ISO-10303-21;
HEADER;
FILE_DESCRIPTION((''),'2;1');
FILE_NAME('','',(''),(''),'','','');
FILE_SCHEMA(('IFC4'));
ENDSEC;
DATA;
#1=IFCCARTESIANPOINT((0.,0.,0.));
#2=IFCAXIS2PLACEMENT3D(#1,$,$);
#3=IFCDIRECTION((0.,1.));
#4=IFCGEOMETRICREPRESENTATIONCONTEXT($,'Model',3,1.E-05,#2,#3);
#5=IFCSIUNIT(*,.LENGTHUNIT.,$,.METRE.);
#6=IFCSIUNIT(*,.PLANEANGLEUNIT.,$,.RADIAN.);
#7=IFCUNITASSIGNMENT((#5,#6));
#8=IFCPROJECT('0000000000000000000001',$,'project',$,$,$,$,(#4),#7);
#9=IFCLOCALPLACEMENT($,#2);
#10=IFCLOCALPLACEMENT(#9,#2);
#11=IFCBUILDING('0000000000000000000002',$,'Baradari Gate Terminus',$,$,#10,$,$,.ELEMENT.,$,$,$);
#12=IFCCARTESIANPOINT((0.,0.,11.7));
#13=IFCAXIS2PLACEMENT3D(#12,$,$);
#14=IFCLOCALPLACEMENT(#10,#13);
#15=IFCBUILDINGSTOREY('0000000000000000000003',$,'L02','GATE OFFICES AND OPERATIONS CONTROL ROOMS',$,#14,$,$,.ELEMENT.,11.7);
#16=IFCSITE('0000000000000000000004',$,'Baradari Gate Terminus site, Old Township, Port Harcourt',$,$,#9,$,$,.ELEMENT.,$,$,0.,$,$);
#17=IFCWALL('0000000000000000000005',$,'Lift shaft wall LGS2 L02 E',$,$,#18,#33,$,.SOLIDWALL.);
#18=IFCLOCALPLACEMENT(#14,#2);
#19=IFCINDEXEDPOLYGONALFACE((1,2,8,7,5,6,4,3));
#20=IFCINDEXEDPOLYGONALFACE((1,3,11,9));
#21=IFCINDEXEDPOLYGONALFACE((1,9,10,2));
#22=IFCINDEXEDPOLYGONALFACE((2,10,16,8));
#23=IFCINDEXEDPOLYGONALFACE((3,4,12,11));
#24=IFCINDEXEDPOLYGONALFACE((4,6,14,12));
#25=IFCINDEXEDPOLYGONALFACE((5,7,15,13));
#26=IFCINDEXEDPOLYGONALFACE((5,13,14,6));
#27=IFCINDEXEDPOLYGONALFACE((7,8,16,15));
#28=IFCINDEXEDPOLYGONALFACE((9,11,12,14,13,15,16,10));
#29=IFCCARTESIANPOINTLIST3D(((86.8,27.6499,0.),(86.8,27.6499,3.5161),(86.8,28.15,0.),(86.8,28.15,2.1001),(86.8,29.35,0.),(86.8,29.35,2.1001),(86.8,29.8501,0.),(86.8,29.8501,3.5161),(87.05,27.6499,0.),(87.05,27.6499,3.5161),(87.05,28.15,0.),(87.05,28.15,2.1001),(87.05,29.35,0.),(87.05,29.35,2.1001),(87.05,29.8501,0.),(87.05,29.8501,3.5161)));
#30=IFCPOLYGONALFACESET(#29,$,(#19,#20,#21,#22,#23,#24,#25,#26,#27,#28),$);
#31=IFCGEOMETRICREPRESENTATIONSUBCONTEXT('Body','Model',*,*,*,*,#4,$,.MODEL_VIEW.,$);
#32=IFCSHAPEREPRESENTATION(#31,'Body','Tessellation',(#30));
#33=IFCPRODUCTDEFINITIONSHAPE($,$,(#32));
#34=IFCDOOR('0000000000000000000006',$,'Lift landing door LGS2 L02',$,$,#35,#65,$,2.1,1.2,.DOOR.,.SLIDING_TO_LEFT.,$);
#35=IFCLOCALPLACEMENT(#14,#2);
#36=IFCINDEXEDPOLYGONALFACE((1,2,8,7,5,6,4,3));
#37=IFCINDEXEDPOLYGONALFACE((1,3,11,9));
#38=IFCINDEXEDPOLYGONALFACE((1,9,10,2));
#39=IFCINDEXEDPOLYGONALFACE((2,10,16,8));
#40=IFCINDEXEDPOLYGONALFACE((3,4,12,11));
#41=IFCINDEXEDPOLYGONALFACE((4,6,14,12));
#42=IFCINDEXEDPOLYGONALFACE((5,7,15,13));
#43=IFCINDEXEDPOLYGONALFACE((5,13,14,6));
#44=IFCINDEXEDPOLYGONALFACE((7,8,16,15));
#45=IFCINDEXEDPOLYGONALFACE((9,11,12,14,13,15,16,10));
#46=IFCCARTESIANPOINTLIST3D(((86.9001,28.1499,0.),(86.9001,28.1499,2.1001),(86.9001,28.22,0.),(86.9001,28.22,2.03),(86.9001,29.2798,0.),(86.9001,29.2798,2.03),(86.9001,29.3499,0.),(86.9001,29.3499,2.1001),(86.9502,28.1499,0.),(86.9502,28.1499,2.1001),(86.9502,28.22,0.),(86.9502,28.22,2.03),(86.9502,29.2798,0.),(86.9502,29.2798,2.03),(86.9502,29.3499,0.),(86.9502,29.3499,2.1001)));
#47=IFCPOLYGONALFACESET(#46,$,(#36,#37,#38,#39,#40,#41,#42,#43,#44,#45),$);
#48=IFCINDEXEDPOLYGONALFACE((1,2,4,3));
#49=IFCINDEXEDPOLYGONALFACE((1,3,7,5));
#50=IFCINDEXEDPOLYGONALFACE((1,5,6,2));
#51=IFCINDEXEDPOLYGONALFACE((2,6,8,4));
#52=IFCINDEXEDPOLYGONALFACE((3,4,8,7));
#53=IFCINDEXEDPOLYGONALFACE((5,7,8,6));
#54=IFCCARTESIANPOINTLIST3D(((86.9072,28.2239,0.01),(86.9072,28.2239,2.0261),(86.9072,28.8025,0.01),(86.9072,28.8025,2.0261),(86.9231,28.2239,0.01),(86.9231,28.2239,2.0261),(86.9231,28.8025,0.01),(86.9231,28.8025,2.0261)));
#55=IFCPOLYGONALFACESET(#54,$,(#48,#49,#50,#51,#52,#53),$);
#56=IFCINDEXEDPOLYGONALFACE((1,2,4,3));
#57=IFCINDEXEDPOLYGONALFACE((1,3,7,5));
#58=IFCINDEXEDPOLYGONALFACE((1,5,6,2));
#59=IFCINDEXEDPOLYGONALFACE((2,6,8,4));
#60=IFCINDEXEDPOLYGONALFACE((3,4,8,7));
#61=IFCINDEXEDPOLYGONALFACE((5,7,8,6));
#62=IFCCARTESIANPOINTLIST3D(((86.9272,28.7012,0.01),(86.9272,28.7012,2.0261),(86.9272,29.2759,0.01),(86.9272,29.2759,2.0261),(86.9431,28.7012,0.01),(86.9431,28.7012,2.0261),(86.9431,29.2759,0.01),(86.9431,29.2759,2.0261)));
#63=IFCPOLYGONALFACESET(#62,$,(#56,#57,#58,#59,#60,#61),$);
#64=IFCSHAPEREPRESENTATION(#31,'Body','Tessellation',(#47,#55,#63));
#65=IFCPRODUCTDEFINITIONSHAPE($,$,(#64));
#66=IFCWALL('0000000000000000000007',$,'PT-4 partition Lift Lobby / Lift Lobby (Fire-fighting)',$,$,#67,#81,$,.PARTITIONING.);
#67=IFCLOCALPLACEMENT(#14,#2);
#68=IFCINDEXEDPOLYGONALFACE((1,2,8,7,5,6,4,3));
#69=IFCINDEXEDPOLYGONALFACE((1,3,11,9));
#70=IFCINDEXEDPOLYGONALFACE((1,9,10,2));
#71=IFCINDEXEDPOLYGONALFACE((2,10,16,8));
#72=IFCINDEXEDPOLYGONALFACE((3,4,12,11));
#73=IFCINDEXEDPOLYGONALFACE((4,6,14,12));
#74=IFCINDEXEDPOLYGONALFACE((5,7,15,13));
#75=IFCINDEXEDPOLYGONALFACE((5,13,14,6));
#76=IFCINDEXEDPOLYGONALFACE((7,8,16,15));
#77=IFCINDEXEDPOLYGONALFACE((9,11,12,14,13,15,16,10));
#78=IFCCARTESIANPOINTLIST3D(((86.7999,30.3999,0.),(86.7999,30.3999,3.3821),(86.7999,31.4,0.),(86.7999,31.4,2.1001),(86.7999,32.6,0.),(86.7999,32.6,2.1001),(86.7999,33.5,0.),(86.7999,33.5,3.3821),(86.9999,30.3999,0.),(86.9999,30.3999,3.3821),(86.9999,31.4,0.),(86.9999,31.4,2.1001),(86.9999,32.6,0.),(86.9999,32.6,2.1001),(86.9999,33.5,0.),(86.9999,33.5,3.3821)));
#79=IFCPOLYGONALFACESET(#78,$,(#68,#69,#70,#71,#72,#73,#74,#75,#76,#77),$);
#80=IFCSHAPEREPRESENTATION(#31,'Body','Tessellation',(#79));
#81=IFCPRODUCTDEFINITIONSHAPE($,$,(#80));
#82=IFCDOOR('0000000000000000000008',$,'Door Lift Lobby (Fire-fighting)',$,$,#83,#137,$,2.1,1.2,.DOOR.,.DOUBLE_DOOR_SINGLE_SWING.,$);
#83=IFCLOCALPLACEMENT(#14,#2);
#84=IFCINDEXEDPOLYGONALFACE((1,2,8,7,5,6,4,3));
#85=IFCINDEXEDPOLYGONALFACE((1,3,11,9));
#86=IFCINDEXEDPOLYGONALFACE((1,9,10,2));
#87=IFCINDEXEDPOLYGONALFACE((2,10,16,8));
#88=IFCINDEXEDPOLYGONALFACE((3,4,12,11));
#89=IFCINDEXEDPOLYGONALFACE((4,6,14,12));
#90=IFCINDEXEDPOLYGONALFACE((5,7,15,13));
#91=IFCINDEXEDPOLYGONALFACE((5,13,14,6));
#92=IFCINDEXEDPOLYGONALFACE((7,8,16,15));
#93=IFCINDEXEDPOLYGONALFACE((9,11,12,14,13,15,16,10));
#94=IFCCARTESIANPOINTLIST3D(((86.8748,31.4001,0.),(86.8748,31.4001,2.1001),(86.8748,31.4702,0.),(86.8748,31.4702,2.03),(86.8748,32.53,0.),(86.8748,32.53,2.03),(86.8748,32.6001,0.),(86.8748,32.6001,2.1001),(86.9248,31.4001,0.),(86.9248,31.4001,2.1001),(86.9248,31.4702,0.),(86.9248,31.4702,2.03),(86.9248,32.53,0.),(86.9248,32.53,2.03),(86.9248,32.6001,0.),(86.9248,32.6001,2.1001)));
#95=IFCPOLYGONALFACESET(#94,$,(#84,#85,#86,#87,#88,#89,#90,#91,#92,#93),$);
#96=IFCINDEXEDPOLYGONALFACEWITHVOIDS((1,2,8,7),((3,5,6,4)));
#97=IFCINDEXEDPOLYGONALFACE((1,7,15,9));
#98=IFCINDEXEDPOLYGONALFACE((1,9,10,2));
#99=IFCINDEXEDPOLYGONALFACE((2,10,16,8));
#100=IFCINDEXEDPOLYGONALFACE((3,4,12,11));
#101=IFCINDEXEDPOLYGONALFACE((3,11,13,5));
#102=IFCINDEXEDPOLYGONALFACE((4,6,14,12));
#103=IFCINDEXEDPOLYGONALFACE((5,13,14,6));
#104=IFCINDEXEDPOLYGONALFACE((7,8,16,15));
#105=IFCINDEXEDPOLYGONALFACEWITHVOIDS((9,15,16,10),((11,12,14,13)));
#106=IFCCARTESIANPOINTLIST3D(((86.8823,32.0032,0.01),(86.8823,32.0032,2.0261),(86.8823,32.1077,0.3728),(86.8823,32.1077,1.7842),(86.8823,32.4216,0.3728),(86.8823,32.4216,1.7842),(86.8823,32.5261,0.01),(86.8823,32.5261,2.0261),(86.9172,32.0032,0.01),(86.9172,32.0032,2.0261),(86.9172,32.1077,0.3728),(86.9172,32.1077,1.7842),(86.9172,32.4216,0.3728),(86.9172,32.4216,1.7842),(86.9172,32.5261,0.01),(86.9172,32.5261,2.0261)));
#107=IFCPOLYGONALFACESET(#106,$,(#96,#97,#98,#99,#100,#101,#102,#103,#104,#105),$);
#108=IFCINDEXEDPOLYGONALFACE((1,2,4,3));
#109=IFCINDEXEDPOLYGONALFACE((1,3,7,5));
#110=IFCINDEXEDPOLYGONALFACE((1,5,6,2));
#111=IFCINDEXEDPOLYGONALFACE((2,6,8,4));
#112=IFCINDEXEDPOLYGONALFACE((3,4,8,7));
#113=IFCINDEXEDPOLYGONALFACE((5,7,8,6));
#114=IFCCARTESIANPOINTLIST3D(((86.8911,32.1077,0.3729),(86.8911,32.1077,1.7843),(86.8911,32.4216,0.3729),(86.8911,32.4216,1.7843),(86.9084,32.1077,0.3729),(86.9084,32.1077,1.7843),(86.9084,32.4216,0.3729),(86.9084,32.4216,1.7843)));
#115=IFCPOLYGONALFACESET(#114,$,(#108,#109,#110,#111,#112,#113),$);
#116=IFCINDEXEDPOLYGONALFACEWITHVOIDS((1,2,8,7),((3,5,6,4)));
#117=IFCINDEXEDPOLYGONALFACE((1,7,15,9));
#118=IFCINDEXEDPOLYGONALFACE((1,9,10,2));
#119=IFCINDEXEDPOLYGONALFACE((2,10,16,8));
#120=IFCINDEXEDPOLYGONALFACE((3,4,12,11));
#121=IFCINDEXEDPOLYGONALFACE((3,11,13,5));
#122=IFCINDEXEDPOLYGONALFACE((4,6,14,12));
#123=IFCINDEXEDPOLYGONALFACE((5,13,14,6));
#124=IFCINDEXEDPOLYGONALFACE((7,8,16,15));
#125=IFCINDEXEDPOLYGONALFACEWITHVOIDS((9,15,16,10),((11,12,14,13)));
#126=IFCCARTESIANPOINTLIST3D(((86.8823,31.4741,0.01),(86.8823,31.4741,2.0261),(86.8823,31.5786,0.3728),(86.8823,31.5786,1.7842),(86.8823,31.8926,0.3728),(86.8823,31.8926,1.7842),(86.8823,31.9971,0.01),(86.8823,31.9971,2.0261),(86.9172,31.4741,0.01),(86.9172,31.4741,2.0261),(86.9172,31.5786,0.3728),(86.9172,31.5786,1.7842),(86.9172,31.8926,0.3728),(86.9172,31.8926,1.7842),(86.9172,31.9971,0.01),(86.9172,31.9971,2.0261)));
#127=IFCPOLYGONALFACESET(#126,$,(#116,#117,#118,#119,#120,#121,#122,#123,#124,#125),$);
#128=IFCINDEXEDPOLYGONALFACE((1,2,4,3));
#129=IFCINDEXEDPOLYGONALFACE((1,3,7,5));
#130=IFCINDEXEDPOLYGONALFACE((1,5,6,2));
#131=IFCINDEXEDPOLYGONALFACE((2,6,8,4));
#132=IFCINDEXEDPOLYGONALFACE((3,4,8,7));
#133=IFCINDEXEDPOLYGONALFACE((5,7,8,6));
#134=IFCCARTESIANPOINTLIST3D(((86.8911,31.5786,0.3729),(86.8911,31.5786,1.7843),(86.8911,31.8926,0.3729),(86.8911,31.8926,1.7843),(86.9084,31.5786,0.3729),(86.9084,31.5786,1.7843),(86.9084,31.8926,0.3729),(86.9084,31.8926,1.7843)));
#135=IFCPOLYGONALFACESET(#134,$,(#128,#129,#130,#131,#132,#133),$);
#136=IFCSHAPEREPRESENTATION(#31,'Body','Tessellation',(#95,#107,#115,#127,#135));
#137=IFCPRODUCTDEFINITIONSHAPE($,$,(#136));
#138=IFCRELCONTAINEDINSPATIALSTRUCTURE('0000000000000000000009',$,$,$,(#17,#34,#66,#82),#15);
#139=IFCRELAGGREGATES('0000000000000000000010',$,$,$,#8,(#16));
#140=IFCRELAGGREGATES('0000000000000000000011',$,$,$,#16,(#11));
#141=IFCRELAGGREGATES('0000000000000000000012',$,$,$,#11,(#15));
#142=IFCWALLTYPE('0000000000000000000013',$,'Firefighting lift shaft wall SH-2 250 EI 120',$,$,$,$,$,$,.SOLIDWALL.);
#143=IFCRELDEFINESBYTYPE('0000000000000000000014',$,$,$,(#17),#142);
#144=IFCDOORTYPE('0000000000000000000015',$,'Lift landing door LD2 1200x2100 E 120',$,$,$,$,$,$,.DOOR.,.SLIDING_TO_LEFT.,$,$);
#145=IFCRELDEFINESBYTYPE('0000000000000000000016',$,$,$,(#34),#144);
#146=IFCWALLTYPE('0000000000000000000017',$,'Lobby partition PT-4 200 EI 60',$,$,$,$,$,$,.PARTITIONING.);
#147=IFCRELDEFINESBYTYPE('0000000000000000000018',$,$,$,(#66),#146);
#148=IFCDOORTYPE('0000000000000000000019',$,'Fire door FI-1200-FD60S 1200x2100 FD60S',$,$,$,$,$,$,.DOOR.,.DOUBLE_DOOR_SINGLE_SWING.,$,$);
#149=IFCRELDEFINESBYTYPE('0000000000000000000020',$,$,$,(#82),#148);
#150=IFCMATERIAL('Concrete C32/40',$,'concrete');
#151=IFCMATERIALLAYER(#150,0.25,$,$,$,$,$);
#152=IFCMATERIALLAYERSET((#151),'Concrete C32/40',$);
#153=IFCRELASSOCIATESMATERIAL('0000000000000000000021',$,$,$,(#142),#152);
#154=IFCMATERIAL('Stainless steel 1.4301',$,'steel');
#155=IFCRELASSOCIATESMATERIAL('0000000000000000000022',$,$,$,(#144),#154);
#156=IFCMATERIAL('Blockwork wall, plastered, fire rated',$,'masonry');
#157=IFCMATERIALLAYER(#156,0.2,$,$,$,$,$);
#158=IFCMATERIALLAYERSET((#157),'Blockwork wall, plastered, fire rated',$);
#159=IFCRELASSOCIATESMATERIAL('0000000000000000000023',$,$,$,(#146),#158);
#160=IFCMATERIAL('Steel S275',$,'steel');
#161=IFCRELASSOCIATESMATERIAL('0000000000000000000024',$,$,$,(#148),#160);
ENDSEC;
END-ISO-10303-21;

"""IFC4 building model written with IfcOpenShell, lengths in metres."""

from ifc_helpers import new_model, si_unit, direction, frame, frame_2d, origin, place, context, subcontext, project, spatial, polyline, rectangle, outline, extrude, material, layer, layer_set, type_object, element, fill, save


model = new_model("IFC4")

# Units and contexts
model_context = context("Model", 3, precision=1e-05, world=origin(), true_north=direction((0.0, 1.0)))
body_context = subcontext(model_context, "Body", "Model", "MODEL_VIEW")
ifc_project = project(units=[si_unit("LENGTHUNIT", "METRE"), si_unit("PLANEANGLEUNIT", "RADIAN")], contexts=[model_context])

# Site, building, storey
site_placement = place(None, origin())
site = spatial("IfcSite", under=ifc_project, at=site_placement, Name="Baradari Gate Terminus site, Old Township, Port Harcourt", CompositionType="ELEMENT", RefElevation=0.0)
building_placement = place(site_placement, origin())
building = spatial("IfcBuilding", under=site, at=building_placement, Name="Baradari Gate Terminus", CompositionType="ELEMENT")
storey_placement = place(building_placement, frame((0.0, 0.0, 11.7)))
storey = spatial("IfcBuildingStorey", under=building, at=storey_placement, Name="L02", Description="GATE OFFICES AND OPERATIONS CONTROL ROOMS", CompositionType="ELEMENT", Elevation=11.7)

# Shared definitions
ifc_material_1 = material(Name="Concrete C32/40", Category="concrete")
ifc_layer_1 = layer(ifc_material_1, 0.25)
ifc_layer_set_1 = layer_set([ifc_layer_1], Name="Concrete C32/40")
wall_type_1 = type_object("IfcWallType", Name="Firefighting lift shaft wall SH-2 250 EI 120", PredefinedType="SOLIDWALL", material=ifc_layer_set_1)

# Wall, opening, door
wall_1_placement = place(storey_placement, frame((86.925, 27.6499, 0.0), z_axis=(0.0, 0.0, 1.0), x_axis=(0.0, 1.0, 0.0)))
wall_1 = element("IfcWall", 1, at=wall_1_placement, inside=storey, type_object=wall_type_1, Name="Lift shaft wall LGS2 L02 E", PredefinedType="SOLIDWALL", context=body_context, shape_type="SweptSolid", body=[
    extrude(rectangle(XDim=2.2002, YDim=0.25, at=frame_2d((1.1001, 0.0))), origin(), (0.0, 0.0, 1.0), 3.5161),
])
opening_1_placement = place(wall_1_placement, frame((0.5, 0.0, 0.0)))
opening_1 = element("IfcOpeningElement", 2, at=opening_1_placement, cuts=wall_1, PredefinedType="OPENING", context=body_context, shape_type="SweptSolid", body=[
    extrude(rectangle(XDim=1.2, YDim=2.1001, at=frame_2d((0.6001, 1.05))), frame((0.0, 0.135, 0.0), z_axis=(0.0, -1.0, 0.0), x_axis=(1.0, 0.0, 0.0)), (0.0, 0.0, 1.0), 0.27),
])
ifc_material_2 = material(Name="Stainless steel 1.4301", Category="steel")
door_type_1 = type_object("IfcDoorType", Name="Lift landing door LD2 1200x2100 E 120", OperationType="SLIDING_TO_LEFT", PredefinedType="DOOR", material=ifc_material_2)
door_1_placement = place(opening_1_placement, origin())
door_1 = element("IfcDoor", 3, at=door_1_placement, inside=storey, type_object=door_type_1, Name="Lift landing door LGS2 L02", OperationType="SLIDING_TO_LEFT", OverallHeight=2.1, OverallWidth=1.2, PredefinedType="DOOR", context=body_context, shape_type="SweptSolid", body=[
    extrude(outline(polyline([(0.0, 0.0), (0.0701, 0.0), (0.0701, 2.03), (1.1299, 2.03), (1.1299, 0.0), (1.2, 0.0), (1.2, 2.1001), (0.0, 2.1001), (0.0, 0.0)])), frame((0.0, 0.0249, 0.0), z_axis=(0.0, -1.0, 0.0), x_axis=(1.0, 0.0, 0.0)), (0.0, 0.0, 1.0), 0.05),
    extrude(rectangle(XDim=0.5786, YDim=2.0161, at=frame_2d((0.3633, 1.0181))), frame((0.0, 0.0178, 0.0), z_axis=(0.0, -1.0, 0.0), x_axis=(1.0, 0.0, 0.0)), (0.0, 0.0, 1.0), 0.0159),
    extrude(rectangle(XDim=0.5747, YDim=2.0161, at=frame_2d((0.8386, 1.0181))), frame((0.0, -0.0022, 0.0), z_axis=(0.0, -1.0, 0.0), x_axis=(1.0, 0.0, 0.0)), (0.0, 0.0, 1.0), 0.0159),
])
fill(opening_1, door_1)

# Wall, opening, door
ifc_material_3 = material(Name="Blockwork wall, plastered, fire rated", Category="masonry")
ifc_layer_2 = layer(ifc_material_3, 0.2)
ifc_layer_set_2 = layer_set([ifc_layer_2], Name="Blockwork wall, plastered, fire rated")
wall_type_2 = type_object("IfcWallType", Name="Lobby partition PT-4 200 EI 60", PredefinedType="PARTITIONING", material=ifc_layer_set_2)
wall_2_placement = place(storey_placement, frame((86.8999, 33.5, 0.0), z_axis=(0.0, 0.0, 1.0), x_axis=(0.0, -1.0, 0.0)))
wall_2 = element("IfcWall", 4, at=wall_2_placement, inside=storey, type_object=wall_type_2, Name="PT-4 partition Lift Lobby / Lift Lobby (Fire-fighting)", PredefinedType="PARTITIONING", context=body_context, shape_type="SweptSolid", body=[
    extrude(rectangle(XDim=3.1001, YDim=0.2, at=frame_2d((1.55, 0.0))), origin(), (0.0, 0.0, 1.0), 3.3821),
])
opening_2_placement = place(wall_2_placement, frame((0.8999, 0.0, 0.0)))
opening_2 = element("IfcOpeningElement", 5, at=opening_2_placement, cuts=wall_2, PredefinedType="OPENING", context=body_context, shape_type="SweptSolid", body=[
    extrude(rectangle(XDim=1.2, YDim=2.1001, at=frame_2d((0.6001, 1.05))), frame((0.0, 0.1099, 0.0), z_axis=(0.0, -1.0, 0.0), x_axis=(1.0, 0.0, 0.0)), (0.0, 0.0, 1.0), 0.22),
])
ifc_material_4 = material(Name="Steel S275", Category="steel")
door_type_2 = type_object("IfcDoorType", Name="Fire door FI-1200-FD60S 1200x2100 FD60S", OperationType="DOUBLE_DOOR_SINGLE_SWING", PredefinedType="DOOR", material=ifc_material_4)
door_2_placement = place(opening_2_placement, origin())
door_2 = element("IfcDoor", 6, at=door_2_placement, inside=storey, type_object=door_type_2, Name="Door Lift Lobby (Fire-fighting)", OperationType="DOUBLE_DOOR_SINGLE_SWING", OverallHeight=2.1, OverallWidth=1.2, PredefinedType="DOOR", context=body_context, shape_type="SweptSolid", body=[
    extrude(outline(polyline([(0.0, 0.0), (0.0701, 0.0), (0.0701, 2.03), (1.1299, 2.03), (1.1299, 0.0), (1.2, 0.0), (1.2, 2.1001), (0.0, 2.1001), (0.0, 0.0)])), frame((0.0, 0.0249, 0.0), z_axis=(0.0, -1.0, 0.0), x_axis=(1.0, 0.0, 0.0)), (0.0, 0.0, 1.0), 0.05),
    extrude(outline(polyline([(0.074, 0.01), (0.5969, 0.01), (0.5969, 2.0261), (0.074, 2.0261), (0.074, 0.01)]), holes=[polyline([(0.1785, 0.3728), (0.4924, 0.3728), (0.4924, 1.7842), (0.1785, 1.7842), (0.1785, 0.3728)])]), frame((0.0, 0.0173, 0.0), z_axis=(0.0, -1.0, 0.0), x_axis=(1.0, 0.0, 0.0)), (0.0, 0.0, 1.0), 0.0349),
    extrude(rectangle(XDim=0.314, YDim=1.4114, at=frame_2d((0.3354, 1.0786))), frame((0.0, 0.0085, 0.0), z_axis=(0.0, -1.0, 0.0), x_axis=(1.0, 0.0, 0.0)), (0.0, 0.0, 1.0), 0.0173),
    extrude(outline(polyline([(0.603, 0.01), (1.126, 0.01), (1.126, 2.0261), (0.603, 2.0261), (0.603, 0.01)]), holes=[polyline([(0.7075, 0.3728), (1.0215, 0.3728), (1.0215, 1.7842), (0.7075, 1.7842), (0.7075, 0.3728)])]), frame((0.0, 0.0173, 0.0), z_axis=(0.0, -1.0, 0.0), x_axis=(1.0, 0.0, 0.0)), (0.0, 0.0, 1.0), 0.0349),
    extrude(rectangle(XDim=0.314, YDim=1.4114, at=frame_2d((0.8645, 1.0786))), frame((0.0, 0.0085, 0.0), z_axis=(0.0, -1.0, 0.0), x_axis=(1.0, 0.0, 0.0)), (0.0, 0.0, 1.0), 0.0173),
])
fill(opening_2, door_2)

save(model, "model.ifc")
